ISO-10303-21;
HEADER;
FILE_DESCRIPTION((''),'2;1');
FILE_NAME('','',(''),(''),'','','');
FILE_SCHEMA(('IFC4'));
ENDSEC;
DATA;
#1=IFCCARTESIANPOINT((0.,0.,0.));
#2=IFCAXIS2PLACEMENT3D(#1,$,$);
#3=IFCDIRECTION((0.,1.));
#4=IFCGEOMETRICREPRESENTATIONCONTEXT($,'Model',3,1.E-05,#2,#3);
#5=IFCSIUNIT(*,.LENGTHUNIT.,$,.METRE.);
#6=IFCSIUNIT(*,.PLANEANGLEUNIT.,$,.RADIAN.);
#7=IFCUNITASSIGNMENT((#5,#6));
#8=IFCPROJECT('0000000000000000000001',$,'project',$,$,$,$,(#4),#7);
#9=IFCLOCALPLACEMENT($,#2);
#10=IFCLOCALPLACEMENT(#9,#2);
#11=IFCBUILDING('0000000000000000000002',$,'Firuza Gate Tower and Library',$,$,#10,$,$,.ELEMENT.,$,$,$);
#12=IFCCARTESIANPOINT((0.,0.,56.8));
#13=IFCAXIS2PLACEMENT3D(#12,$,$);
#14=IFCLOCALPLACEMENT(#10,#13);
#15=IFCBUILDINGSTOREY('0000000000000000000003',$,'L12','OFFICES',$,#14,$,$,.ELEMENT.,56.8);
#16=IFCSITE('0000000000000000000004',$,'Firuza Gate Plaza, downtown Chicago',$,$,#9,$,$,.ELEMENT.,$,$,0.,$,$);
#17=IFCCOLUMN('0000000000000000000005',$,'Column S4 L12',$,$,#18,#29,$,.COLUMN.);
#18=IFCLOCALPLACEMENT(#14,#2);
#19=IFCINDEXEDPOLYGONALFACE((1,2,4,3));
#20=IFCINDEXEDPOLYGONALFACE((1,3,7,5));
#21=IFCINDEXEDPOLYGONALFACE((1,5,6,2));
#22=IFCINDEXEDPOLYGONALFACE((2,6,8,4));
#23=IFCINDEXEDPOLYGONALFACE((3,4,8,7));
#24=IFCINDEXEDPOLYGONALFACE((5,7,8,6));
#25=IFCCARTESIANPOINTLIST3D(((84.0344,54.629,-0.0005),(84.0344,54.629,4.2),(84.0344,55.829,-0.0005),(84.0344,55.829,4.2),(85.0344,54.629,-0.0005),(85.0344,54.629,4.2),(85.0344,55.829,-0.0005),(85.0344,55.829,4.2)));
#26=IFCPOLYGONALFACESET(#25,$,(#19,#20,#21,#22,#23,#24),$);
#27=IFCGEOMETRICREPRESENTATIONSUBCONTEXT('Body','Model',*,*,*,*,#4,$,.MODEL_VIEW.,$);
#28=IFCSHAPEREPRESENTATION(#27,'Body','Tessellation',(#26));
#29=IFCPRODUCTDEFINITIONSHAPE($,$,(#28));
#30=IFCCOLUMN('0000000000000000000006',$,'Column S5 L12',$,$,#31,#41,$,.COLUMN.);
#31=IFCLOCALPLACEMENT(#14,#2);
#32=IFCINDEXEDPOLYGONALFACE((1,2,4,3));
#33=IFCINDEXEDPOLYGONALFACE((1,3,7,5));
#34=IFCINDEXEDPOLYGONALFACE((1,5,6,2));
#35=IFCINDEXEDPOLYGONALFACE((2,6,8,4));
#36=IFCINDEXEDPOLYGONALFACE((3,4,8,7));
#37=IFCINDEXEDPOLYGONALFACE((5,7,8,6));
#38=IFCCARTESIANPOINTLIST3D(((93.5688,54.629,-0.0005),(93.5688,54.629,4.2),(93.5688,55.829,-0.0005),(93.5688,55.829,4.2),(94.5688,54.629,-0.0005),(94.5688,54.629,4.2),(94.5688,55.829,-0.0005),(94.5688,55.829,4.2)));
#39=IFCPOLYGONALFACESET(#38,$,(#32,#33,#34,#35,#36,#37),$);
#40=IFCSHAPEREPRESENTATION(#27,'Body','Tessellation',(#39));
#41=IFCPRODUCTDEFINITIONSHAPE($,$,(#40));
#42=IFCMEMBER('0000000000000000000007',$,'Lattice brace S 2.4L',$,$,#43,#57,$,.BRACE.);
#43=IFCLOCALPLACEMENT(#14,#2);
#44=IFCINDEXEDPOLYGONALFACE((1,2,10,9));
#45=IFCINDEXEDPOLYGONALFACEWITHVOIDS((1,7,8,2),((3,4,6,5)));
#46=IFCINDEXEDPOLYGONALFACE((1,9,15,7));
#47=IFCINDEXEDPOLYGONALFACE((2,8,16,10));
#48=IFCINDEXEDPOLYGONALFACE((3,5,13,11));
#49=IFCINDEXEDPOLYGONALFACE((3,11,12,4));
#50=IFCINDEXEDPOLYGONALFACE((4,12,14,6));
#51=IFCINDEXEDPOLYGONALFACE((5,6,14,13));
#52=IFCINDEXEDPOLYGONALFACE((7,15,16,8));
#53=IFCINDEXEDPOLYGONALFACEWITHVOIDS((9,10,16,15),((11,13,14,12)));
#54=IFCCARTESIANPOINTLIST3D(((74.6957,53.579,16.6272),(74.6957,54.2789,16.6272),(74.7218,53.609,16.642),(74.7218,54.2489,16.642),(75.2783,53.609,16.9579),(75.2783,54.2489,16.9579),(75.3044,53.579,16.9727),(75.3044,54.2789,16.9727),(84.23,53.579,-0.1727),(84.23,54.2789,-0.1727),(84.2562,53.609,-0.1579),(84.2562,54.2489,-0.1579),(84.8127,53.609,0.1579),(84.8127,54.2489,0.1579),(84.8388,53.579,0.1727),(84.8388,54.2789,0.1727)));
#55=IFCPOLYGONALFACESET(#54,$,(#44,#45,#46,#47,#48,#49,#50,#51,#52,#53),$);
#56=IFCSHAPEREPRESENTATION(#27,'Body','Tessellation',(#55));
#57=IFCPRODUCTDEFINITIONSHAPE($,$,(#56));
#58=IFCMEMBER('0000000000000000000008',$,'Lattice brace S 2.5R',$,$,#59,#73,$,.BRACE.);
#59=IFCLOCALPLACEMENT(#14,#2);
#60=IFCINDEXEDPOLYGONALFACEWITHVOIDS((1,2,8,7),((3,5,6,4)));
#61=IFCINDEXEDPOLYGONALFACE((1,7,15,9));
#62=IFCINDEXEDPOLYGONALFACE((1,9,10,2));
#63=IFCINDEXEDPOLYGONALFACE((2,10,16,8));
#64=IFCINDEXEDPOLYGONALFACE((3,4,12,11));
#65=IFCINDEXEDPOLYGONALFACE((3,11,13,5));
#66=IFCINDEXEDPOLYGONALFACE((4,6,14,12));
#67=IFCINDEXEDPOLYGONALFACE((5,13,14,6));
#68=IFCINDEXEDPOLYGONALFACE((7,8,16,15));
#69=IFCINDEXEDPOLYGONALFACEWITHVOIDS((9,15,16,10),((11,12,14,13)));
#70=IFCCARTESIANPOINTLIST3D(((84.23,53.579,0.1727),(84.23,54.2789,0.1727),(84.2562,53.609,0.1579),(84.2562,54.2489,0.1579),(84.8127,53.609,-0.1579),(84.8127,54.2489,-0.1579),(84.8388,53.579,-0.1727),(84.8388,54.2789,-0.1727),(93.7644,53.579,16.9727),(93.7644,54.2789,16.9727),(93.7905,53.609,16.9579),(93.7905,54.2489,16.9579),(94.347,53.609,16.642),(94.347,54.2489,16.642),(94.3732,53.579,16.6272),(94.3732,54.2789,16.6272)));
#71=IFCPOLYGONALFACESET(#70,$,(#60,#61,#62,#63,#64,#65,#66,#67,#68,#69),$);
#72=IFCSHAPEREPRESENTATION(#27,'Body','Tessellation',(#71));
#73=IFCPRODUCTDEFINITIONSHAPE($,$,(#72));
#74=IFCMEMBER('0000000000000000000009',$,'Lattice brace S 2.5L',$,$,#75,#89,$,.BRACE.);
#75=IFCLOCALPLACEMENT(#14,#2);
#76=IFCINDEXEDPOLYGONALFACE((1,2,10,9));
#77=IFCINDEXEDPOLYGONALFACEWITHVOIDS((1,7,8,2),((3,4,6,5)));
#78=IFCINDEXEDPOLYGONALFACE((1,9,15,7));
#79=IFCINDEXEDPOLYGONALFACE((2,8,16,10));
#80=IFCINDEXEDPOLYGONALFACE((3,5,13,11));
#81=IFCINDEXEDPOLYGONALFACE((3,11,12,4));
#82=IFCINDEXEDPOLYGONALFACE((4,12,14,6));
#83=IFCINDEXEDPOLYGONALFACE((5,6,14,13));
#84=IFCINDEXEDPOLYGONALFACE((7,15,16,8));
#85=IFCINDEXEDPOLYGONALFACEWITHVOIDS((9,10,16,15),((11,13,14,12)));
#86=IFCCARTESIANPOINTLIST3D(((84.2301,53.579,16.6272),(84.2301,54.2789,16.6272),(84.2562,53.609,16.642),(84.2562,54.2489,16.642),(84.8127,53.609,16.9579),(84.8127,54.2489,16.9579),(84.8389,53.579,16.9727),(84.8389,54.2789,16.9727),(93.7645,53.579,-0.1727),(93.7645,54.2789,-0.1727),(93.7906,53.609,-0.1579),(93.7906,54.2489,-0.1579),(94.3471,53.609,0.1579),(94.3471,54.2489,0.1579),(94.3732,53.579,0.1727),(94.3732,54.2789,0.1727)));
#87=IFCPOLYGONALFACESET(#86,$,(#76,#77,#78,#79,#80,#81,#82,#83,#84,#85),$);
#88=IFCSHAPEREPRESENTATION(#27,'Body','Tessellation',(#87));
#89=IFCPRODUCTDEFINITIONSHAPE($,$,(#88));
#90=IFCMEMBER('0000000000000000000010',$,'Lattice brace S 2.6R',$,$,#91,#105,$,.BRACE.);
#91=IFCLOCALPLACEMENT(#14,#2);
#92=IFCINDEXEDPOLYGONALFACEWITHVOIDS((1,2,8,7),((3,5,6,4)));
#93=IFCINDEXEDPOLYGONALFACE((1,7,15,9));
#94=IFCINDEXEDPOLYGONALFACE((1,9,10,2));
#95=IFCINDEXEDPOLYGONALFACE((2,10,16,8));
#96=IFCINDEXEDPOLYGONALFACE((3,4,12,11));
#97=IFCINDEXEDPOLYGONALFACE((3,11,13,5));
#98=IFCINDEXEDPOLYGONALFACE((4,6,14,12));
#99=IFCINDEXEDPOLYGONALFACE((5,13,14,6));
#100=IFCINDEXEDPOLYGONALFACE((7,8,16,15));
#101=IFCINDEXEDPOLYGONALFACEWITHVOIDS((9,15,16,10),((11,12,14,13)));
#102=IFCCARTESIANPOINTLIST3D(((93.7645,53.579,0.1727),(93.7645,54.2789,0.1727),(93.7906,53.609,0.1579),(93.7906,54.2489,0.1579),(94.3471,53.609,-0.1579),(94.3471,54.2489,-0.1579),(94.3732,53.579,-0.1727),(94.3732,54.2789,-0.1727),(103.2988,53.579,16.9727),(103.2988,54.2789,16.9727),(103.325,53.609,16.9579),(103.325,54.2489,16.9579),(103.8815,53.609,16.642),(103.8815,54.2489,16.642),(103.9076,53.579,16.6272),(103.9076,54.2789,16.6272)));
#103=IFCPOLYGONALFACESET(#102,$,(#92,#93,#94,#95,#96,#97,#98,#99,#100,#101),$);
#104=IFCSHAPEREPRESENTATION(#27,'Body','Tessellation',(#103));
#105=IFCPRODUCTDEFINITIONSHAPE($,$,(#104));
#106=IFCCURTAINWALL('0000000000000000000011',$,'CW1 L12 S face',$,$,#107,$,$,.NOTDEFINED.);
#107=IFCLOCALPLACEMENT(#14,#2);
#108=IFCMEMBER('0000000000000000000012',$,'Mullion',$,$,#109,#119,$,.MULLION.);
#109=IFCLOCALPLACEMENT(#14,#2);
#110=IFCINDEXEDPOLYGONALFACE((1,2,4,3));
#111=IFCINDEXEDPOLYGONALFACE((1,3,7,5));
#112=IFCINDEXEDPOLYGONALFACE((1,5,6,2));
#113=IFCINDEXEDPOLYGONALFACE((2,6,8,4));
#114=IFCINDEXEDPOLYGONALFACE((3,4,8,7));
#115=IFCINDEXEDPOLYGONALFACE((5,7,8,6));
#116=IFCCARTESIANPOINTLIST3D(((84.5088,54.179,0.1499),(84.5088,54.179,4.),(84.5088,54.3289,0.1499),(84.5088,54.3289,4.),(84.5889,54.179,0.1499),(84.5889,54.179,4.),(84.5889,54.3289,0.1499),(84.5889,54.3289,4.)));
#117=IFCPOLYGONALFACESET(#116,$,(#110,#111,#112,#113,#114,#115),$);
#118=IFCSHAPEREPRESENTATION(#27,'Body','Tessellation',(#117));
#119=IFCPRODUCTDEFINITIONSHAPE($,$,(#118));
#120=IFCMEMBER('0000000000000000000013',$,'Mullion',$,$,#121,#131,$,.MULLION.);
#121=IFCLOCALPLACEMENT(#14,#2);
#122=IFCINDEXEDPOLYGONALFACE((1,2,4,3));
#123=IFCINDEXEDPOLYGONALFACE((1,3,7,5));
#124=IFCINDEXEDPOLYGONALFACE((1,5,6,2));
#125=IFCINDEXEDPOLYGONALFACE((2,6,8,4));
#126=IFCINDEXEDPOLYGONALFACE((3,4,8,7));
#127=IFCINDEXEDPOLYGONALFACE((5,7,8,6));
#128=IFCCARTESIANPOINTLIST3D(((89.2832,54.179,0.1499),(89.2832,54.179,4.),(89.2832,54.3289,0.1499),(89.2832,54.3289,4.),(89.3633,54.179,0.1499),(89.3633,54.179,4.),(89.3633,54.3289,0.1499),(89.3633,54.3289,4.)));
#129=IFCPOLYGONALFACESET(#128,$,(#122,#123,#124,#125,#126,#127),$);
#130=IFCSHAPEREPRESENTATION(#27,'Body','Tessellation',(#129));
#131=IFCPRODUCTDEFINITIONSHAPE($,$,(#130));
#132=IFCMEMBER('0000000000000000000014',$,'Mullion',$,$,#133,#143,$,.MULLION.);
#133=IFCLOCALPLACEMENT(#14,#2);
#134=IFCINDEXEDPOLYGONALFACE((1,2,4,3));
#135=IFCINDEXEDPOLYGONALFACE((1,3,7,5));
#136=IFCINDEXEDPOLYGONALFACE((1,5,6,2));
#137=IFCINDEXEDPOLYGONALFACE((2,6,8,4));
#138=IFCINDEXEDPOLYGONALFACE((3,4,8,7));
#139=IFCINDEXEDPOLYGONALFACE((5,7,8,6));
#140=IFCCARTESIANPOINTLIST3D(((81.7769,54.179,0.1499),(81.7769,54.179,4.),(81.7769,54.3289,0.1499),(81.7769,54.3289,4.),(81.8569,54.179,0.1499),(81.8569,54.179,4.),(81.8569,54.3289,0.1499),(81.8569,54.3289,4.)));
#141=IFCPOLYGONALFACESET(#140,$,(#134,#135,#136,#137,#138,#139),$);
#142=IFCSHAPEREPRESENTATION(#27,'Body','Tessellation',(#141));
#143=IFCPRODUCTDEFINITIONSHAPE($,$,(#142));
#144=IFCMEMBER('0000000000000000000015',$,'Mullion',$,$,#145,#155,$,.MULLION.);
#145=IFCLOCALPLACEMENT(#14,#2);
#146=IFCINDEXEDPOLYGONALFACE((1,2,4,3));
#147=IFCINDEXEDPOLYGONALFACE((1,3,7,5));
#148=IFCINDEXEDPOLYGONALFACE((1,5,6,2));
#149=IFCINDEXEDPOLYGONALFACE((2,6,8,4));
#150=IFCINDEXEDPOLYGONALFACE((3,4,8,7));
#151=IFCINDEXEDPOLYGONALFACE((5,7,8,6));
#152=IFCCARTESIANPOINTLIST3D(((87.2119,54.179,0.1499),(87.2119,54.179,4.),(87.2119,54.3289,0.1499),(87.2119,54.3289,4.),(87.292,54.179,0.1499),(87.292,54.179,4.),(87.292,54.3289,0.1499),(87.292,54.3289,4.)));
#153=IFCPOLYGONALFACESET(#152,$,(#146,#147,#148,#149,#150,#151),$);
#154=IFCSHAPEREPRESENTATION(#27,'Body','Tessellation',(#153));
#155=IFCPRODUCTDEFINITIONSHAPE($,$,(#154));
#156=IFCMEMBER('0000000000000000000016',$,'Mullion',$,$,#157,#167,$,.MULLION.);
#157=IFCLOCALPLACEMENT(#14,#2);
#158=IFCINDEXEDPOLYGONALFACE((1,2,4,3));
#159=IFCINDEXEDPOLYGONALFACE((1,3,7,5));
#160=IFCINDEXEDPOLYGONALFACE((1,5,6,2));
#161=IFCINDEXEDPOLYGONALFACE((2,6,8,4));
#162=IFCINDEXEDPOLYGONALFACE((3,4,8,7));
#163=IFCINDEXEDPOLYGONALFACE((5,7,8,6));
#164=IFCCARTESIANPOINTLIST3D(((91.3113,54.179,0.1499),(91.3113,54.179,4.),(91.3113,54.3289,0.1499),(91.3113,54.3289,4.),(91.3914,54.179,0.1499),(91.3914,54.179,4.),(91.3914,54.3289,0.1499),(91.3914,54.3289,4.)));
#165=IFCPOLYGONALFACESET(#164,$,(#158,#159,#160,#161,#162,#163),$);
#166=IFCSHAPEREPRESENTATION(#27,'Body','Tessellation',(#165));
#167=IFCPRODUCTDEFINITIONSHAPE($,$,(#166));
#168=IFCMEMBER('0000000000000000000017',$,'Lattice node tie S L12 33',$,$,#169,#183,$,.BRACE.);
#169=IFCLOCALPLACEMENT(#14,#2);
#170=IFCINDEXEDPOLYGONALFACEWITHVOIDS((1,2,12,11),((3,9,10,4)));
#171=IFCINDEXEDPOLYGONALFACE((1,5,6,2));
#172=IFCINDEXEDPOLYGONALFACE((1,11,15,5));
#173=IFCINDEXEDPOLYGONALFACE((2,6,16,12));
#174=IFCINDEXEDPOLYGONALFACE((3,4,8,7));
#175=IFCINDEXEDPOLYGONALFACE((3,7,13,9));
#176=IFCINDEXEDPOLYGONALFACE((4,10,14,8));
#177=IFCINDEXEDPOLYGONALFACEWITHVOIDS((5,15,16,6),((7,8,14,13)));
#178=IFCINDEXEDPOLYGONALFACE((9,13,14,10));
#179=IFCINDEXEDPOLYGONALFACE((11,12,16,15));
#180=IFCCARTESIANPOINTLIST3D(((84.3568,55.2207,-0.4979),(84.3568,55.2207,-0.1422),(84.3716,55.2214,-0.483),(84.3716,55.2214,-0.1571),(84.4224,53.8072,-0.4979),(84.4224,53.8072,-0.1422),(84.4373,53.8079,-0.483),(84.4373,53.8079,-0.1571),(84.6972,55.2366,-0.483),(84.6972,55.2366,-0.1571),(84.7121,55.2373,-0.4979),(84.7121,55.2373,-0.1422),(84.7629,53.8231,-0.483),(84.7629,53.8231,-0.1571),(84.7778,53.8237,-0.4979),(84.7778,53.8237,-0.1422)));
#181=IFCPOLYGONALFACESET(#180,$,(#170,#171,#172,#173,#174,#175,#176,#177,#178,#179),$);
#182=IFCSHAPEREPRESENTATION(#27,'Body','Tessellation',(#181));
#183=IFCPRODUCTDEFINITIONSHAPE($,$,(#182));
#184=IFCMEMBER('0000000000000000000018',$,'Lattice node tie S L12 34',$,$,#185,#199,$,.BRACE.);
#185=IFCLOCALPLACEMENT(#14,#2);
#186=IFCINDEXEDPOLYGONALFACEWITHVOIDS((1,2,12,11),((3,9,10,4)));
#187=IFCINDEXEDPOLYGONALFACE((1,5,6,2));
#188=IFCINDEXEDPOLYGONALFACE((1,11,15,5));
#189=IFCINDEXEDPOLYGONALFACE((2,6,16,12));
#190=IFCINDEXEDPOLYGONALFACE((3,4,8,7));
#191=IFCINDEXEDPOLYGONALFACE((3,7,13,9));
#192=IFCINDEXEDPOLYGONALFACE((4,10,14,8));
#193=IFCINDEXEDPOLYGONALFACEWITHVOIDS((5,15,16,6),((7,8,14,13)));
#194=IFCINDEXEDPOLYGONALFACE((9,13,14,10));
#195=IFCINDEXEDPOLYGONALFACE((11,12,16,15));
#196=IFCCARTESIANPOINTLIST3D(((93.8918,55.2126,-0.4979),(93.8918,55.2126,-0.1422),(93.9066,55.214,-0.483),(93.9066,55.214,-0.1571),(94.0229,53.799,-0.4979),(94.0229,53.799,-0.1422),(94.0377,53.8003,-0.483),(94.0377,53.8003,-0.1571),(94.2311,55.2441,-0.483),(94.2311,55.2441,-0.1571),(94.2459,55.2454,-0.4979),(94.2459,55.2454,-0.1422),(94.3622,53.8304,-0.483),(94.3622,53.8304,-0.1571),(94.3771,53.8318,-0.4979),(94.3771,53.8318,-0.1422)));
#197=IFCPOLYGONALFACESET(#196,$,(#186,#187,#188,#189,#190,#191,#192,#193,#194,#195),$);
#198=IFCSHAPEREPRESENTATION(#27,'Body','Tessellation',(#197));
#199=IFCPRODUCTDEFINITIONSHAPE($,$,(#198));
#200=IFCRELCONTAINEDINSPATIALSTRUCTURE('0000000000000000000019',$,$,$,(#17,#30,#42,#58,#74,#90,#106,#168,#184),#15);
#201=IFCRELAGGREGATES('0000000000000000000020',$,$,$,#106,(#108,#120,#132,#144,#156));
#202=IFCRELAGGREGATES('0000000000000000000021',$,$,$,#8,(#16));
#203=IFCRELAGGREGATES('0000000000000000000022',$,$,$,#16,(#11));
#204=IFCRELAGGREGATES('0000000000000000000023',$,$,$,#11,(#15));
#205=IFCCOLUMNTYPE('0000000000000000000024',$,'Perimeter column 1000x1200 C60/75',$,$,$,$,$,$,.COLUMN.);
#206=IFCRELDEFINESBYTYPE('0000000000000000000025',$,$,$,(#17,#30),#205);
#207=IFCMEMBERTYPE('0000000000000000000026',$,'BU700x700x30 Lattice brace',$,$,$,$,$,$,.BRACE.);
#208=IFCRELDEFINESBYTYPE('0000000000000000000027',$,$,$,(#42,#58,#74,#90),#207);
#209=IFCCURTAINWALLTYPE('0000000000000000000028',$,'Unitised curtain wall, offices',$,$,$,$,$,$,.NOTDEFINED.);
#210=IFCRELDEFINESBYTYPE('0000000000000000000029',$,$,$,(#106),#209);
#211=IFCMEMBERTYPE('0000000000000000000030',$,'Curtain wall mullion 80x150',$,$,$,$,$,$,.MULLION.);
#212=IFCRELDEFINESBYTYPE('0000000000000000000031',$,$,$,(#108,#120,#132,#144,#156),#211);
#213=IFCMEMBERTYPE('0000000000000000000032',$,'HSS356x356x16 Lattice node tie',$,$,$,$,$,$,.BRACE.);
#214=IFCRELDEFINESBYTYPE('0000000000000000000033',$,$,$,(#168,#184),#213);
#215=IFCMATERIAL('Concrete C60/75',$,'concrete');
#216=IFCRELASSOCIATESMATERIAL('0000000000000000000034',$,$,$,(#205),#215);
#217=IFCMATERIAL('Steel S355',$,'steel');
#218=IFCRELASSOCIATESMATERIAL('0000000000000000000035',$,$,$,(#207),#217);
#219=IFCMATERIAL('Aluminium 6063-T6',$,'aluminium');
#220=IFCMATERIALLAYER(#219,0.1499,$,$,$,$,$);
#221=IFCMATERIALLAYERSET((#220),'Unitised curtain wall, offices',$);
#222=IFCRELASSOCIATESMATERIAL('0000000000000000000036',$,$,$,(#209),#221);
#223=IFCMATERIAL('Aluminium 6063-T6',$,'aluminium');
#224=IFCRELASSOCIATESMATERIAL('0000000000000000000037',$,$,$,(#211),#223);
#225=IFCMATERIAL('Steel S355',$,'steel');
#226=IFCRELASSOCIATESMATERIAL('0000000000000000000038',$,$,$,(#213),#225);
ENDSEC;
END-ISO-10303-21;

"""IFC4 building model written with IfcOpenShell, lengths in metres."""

from ifc_helpers import new_model, si_unit, direction, frame, origin, origin_2d, place, context, subcontext, project, spatial, rectangle, hollow_rectangle, extrude, material, layer, layer_set, material_profile, profile_set, type_object, element, aggregate, save


model = new_model("IFC4")

# Units and contexts
model_context = context("Model", 3, precision=1e-05, world=origin(), true_north=direction((0.0, 1.0)))
body_context = subcontext(model_context, "Body", "Model", "MODEL_VIEW")
ifc_project = project(units=[si_unit("LENGTHUNIT", "METRE"), si_unit("PLANEANGLEUNIT", "RADIAN")], contexts=[model_context])

# Site, building, storey
site_placement = place(None, origin())
site = spatial("IfcSite", under=ifc_project, at=site_placement, Name="Firuza Gate Plaza, downtown Chicago", CompositionType="ELEMENT", RefElevation=0.0)
building_placement = place(site_placement, origin())
building = spatial("IfcBuilding", under=site, at=building_placement, Name="Firuza Gate Tower and Library", CompositionType="ELEMENT")
storey_placement = place(building_placement, frame((0.0, 0.0, 56.8)))
storey = spatial("IfcBuildingStorey", under=building, at=storey_placement, Name="L12", Description="OFFICES", CompositionType="ELEMENT", Elevation=56.8)

# Columns
ifc_material_1 = material(Name="Concrete C60/75", Category="concrete")
ifc_material_profile_1 = material_profile(ifc_material_1, rectangle(XDim=1.0, YDim=1.2, at=origin_2d()))
ifc_profile_set_1 = profile_set([ifc_material_profile_1], Name="Concrete C60/75")
column_type = type_object("IfcColumnType", Name="Perimeter column 1000x1200 C60/75", PredefinedType="COLUMN", material=ifc_profile_set_1)
for number, where, z_axis, x_axis, name in (
    (1, (84.5344, 55.229, -0.0005), (0.0, 0.0, 1.0), (1.0, 0.0, 0.0), "Column S4 L12"),
    (2, (94.0688, 55.229, -0.0005), (0.0, 0.0, 1.0), (1.0, 0.0, 0.0), "Column S5 L12"),
):
    element("IfcColumn", number, at=place(storey_placement, frame(where, z_axis=z_axis, x_axis=x_axis)), inside=storey, type_object=column_type, Name=name, PredefinedType="COLUMN", context=body_context, shape_type="SweptSolid", body=[
        extrude(rectangle(XDim=1.0, YDim=1.2, at=origin_2d()), origin(), (0.0, 0.0, 1.0), 4.2004),
    ])

# Members
ifc_material_2 = material(Name="Steel S355", Category="steel")
ifc_material_profile_2 = material_profile(ifc_material_2, hollow_rectangle(XDim=0.7, YDim=0.7, WallThickness=0.03, at=origin_2d()))
ifc_profile_set_2 = profile_set([ifc_material_profile_2], Name="Steel S355")
member_type_1 = type_object("IfcMemberType", Name="BU700x700x30 Lattice brace", PredefinedType="BRACE", material=ifc_profile_set_2)
for number, where, z_axis, x_axis, name in (
    (3, (84.5344, 53.929, 0.0), (-0.493577, 0.0, 0.869702), (0.0, -1.0, 0.0), "Lattice brace S 2.4L"),
    (4, (84.5344, 53.929, 0.0), (0.493577, 0.0, 0.869702), (0.0, 1.0, 0.0), "Lattice brace S 2.5R"),
    (5, (94.0688, 53.929, 0.0), (-0.493577, 0.0, 0.869702), (0.0, -1.0, 0.0), "Lattice brace S 2.5L"),
    (6, (94.0688, 53.929, 0.0), (0.493577, 0.0, 0.869702), (0.0, 1.0, 0.0), "Lattice brace S 2.6R"),
):
    element("IfcMember", number, at=place(storey_placement, frame(where, z_axis=z_axis, x_axis=x_axis)), inside=storey, type_object=member_type_1, Name=name, PredefinedType="BRACE", context=body_context, shape_type="SweptSolid", body=[
        extrude(hollow_rectangle(XDim=0.7, YDim=0.7, WallThickness=0.03, at=origin_2d()), origin(), (0.0, 0.0, 1.0), 19.3169),
    ])

# Curtain wall, members
ifc_material_3 = material(Name="Aluminium 6063-T6", Category="aluminium")
ifc_layer_1 = layer(ifc_material_3, 0.1499)
ifc_layer_set_1 = layer_set([ifc_layer_1], Name="Unitised curtain wall, offices")
curtain_wall_type = type_object("IfcCurtainWallType", Name="Unitised curtain wall, offices", PredefinedType="NOTDEFINED", material=ifc_layer_set_1)
curtain_wall_placement = place(storey_placement, origin())
curtain_wall = element("IfcCurtainWall", 7, at=curtain_wall_placement, inside=storey, type_object=curtain_wall_type, Name="CW1 L12 S face", PredefinedType="NOTDEFINED")
ifc_material_4 = material(Name="Aluminium 6063-T6", Category="aluminium")
ifc_material_profile_3 = material_profile(ifc_material_4, rectangle(XDim=0.1499, YDim=0.0801, at=origin_2d()))
ifc_profile_set_3 = profile_set([ifc_material_profile_3], Name="Aluminium 6063-T6")
member_type_2 = type_object("IfcMemberType", Name="Curtain wall mullion 80x150", PredefinedType="MULLION", material=ifc_profile_set_3)
member_1_placement = place(storey_placement, frame((84.5488, 54.2539, 0.1499), z_axis=(0.0, 0.0, 1.0), x_axis=(0.0, 1.0, 0.0)))
member_1 = element("IfcMember", 8, at=member_1_placement, type_object=member_type_2, Name="Mullion", PredefinedType="MULLION", context=body_context, shape_type="SweptSolid", body=[
    extrude(rectangle(XDim=0.1499, YDim=0.0801, at=origin_2d()), origin(), (0.0, 0.0, 1.0), 3.8501),
])
member_2_placement = place(storey_placement, frame((89.3232, 54.2539, 0.1499), z_axis=(0.0, 0.0, 1.0), x_axis=(0.0, 1.0, 0.0)))
member_2 = element("IfcMember", 9, at=member_2_placement, type_object=member_type_2, Name="Mullion", PredefinedType="MULLION", context=body_context, shape_type="SweptSolid", body=[
    extrude(rectangle(XDim=0.1499, YDim=0.0801, at=origin_2d()), origin(), (0.0, 0.0, 1.0), 3.8501),
])
member_3_placement = place(storey_placement, frame((81.8169, 54.2539, 0.1499), z_axis=(0.0, 0.0, 1.0), x_axis=(0.0, 1.0, 0.0)))
member_3 = element("IfcMember", 10, at=member_3_placement, type_object=member_type_2, Name="Mullion", PredefinedType="MULLION", context=body_context, shape_type="SweptSolid", body=[
    extrude(rectangle(XDim=0.1499, YDim=0.0801, at=origin_2d()), origin(), (0.0, 0.0, 1.0), 3.8501),
])
member_4_placement = place(storey_placement, frame((87.252, 54.2539, 0.1499), z_axis=(0.0, 0.0, 1.0), x_axis=(0.0, 1.0, 0.0)))
member_4 = element("IfcMember", 11, at=member_4_placement, type_object=member_type_2, Name="Mullion", PredefinedType="MULLION", context=body_context, shape_type="SweptSolid", body=[
    extrude(rectangle(XDim=0.1499, YDim=0.0801, at=origin_2d()), origin(), (0.0, 0.0, 1.0), 3.8501),
])
member_5_placement = place(storey_placement, frame((91.3513, 54.2539, 0.1499), z_axis=(0.0, 0.0, 1.0), x_axis=(0.0, 1.0, 0.0)))
member_5 = element("IfcMember", 12, at=member_5_placement, type_object=member_type_2, Name="Mullion", PredefinedType="MULLION", context=body_context, shape_type="SweptSolid", body=[
    extrude(rectangle(XDim=0.1499, YDim=0.0801, at=origin_2d()), origin(), (0.0, 0.0, 1.0), 3.8501),
])

# Members
ifc_material_5 = material(Name="Steel S355", Category="steel")
ifc_material_profile_4 = material_profile(ifc_material_5, hollow_rectangle(XDim=0.3557, YDim=0.3557, WallThickness=0.0149, at=origin_2d()))
ifc_profile_set_4 = profile_set([ifc_material_profile_4], Name="Steel S355")
member_type_3 = type_object("IfcMemberType", Name="HSS356x356x16 Lattice node tie", PredefinedType="BRACE", material=ifc_profile_set_4)
member_6_placement = place(storey_placement, frame((84.5344, 55.229, -0.3201), z_axis=(0.046409, -0.998923, 0.0), x_axis=(0.998923, 0.046409, 0.0)))
element("IfcMember", 13, at=member_6_placement, inside=storey, type_object=member_type_3, Name="Lattice node tie S L12 33", PredefinedType="BRACE", context=body_context, shape_type="SweptSolid", body=[
    extrude(hollow_rectangle(XDim=0.3557, YDim=0.3557, WallThickness=0.0149, at=origin_2d()), origin(), (0.0, 0.0, 1.0), 1.415),
])
member_7_placement = place(storey_placement, frame((94.0688, 55.229, -0.3201), z_axis=(0.09235, -0.995727, 0.0), x_axis=(0.995727, 0.09235, 0.0)))
element("IfcMember", 14, at=member_7_placement, inside=storey, type_object=member_type_3, Name="Lattice node tie S L12 34", PredefinedType="BRACE", context=body_context, shape_type="SweptSolid", body=[
    extrude(hollow_rectangle(XDim=0.3557, YDim=0.3557, WallThickness=0.0149, at=origin_2d()), origin(), (0.0, 0.0, 1.0), 1.4197),
])

aggregate(curtain_wall, [member_1, member_2, member_3, member_4, member_5])

save(model, "model.ifc")
